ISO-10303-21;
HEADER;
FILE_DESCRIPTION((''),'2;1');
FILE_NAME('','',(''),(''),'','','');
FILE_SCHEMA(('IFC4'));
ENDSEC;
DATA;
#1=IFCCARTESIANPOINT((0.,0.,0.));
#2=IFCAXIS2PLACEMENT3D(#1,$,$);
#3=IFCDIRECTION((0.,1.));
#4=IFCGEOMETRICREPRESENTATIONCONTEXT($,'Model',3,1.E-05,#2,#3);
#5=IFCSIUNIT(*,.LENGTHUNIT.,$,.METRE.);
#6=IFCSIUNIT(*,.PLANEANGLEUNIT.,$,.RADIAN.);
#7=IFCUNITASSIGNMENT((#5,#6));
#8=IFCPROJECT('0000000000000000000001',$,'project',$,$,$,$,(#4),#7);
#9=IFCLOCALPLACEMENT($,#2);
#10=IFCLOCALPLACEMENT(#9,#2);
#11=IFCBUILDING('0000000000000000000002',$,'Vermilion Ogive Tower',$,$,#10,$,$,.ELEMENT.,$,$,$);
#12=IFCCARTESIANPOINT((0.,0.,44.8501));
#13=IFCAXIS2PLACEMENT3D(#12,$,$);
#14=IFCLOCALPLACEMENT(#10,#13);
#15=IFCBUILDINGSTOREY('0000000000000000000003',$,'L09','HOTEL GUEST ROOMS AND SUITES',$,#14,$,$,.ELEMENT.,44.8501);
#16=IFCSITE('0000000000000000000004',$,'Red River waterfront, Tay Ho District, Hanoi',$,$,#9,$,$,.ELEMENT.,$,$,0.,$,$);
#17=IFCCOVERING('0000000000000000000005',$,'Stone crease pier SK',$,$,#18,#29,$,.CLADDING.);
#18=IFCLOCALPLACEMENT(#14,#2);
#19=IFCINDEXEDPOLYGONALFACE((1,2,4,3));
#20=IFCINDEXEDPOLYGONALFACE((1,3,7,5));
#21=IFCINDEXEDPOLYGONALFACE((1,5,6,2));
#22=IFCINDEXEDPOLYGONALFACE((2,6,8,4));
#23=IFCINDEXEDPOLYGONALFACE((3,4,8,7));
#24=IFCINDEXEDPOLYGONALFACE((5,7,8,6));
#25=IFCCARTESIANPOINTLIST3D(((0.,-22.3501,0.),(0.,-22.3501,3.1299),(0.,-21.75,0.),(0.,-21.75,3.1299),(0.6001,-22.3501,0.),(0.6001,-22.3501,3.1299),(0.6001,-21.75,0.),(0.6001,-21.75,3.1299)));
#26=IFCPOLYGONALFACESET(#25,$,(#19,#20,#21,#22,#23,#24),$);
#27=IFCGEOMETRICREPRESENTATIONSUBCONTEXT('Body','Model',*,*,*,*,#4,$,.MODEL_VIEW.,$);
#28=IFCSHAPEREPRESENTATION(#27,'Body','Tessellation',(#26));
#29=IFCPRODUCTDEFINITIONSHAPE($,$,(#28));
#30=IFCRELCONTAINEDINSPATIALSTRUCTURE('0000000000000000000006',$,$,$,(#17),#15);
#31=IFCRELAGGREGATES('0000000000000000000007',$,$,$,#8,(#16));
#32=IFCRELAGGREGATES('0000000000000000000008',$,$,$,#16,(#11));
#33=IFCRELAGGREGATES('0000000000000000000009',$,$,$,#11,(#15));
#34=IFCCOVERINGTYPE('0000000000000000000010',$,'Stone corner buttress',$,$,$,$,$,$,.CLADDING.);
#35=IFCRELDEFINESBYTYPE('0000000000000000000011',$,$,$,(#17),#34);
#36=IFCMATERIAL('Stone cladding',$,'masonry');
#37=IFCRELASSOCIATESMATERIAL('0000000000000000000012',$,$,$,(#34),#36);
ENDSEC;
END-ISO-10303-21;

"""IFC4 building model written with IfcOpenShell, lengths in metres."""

from ifc_helpers import new_model, si_unit, direction, frame, origin, place, context, subcontext, project, spatial, polyline, outline, extrude, material, type_object, element, save


model = new_model("IFC4")

# Units and contexts
model_context = context("Model", 3, precision=1e-05, world=origin(), true_north=direction((0.0, 1.0)))
body_context = subcontext(model_context, "Body", "Model", "MODEL_VIEW")
ifc_project = project(units=[si_unit("LENGTHUNIT", "METRE"), si_unit("PLANEANGLEUNIT", "RADIAN")], contexts=[model_context])

# Site, building, storey
site_placement = place(None, origin())
site = spatial("IfcSite", under=ifc_project, at=site_placement, Name="Red River waterfront, Tay Ho District, Hanoi", CompositionType="ELEMENT", RefElevation=0.0)
building_placement = place(site_placement, origin())
building = spatial("IfcBuilding", under=site, at=building_placement, Name="Vermilion Ogive Tower", CompositionType="ELEMENT")
storey_placement = place(building_placement, frame((0.0, 0.0, 44.8501)))
storey = spatial("IfcBuildingStorey", under=building, at=storey_placement, Name="L09", Description="HOTEL GUEST ROOMS AND SUITES", CompositionType="ELEMENT", Elevation=44.8501)

# Covering
ifc_material_1 = material(Name="Stone cladding", Category="masonry")
covering_type = type_object("IfcCoveringType", Name="Stone corner buttress", PredefinedType="CLADDING", material=ifc_material_1)
covering_placement = place(storey_placement, origin())
element("IfcCovering", 1, at=covering_placement, inside=storey, type_object=covering_type, Name="Stone crease pier SK", PredefinedType="CLADDING", context=body_context, shape_type="SweptSolid", body=[
    extrude(outline(polyline([(0.0, -22.3501), (0.6001, -22.3501), (0.6001, -21.75), (0.0, -21.75), (0.0, -22.3501)])), origin(), (0.0, 0.0, 1.0), 3.1299),
])

save(model, "model.ifc")
